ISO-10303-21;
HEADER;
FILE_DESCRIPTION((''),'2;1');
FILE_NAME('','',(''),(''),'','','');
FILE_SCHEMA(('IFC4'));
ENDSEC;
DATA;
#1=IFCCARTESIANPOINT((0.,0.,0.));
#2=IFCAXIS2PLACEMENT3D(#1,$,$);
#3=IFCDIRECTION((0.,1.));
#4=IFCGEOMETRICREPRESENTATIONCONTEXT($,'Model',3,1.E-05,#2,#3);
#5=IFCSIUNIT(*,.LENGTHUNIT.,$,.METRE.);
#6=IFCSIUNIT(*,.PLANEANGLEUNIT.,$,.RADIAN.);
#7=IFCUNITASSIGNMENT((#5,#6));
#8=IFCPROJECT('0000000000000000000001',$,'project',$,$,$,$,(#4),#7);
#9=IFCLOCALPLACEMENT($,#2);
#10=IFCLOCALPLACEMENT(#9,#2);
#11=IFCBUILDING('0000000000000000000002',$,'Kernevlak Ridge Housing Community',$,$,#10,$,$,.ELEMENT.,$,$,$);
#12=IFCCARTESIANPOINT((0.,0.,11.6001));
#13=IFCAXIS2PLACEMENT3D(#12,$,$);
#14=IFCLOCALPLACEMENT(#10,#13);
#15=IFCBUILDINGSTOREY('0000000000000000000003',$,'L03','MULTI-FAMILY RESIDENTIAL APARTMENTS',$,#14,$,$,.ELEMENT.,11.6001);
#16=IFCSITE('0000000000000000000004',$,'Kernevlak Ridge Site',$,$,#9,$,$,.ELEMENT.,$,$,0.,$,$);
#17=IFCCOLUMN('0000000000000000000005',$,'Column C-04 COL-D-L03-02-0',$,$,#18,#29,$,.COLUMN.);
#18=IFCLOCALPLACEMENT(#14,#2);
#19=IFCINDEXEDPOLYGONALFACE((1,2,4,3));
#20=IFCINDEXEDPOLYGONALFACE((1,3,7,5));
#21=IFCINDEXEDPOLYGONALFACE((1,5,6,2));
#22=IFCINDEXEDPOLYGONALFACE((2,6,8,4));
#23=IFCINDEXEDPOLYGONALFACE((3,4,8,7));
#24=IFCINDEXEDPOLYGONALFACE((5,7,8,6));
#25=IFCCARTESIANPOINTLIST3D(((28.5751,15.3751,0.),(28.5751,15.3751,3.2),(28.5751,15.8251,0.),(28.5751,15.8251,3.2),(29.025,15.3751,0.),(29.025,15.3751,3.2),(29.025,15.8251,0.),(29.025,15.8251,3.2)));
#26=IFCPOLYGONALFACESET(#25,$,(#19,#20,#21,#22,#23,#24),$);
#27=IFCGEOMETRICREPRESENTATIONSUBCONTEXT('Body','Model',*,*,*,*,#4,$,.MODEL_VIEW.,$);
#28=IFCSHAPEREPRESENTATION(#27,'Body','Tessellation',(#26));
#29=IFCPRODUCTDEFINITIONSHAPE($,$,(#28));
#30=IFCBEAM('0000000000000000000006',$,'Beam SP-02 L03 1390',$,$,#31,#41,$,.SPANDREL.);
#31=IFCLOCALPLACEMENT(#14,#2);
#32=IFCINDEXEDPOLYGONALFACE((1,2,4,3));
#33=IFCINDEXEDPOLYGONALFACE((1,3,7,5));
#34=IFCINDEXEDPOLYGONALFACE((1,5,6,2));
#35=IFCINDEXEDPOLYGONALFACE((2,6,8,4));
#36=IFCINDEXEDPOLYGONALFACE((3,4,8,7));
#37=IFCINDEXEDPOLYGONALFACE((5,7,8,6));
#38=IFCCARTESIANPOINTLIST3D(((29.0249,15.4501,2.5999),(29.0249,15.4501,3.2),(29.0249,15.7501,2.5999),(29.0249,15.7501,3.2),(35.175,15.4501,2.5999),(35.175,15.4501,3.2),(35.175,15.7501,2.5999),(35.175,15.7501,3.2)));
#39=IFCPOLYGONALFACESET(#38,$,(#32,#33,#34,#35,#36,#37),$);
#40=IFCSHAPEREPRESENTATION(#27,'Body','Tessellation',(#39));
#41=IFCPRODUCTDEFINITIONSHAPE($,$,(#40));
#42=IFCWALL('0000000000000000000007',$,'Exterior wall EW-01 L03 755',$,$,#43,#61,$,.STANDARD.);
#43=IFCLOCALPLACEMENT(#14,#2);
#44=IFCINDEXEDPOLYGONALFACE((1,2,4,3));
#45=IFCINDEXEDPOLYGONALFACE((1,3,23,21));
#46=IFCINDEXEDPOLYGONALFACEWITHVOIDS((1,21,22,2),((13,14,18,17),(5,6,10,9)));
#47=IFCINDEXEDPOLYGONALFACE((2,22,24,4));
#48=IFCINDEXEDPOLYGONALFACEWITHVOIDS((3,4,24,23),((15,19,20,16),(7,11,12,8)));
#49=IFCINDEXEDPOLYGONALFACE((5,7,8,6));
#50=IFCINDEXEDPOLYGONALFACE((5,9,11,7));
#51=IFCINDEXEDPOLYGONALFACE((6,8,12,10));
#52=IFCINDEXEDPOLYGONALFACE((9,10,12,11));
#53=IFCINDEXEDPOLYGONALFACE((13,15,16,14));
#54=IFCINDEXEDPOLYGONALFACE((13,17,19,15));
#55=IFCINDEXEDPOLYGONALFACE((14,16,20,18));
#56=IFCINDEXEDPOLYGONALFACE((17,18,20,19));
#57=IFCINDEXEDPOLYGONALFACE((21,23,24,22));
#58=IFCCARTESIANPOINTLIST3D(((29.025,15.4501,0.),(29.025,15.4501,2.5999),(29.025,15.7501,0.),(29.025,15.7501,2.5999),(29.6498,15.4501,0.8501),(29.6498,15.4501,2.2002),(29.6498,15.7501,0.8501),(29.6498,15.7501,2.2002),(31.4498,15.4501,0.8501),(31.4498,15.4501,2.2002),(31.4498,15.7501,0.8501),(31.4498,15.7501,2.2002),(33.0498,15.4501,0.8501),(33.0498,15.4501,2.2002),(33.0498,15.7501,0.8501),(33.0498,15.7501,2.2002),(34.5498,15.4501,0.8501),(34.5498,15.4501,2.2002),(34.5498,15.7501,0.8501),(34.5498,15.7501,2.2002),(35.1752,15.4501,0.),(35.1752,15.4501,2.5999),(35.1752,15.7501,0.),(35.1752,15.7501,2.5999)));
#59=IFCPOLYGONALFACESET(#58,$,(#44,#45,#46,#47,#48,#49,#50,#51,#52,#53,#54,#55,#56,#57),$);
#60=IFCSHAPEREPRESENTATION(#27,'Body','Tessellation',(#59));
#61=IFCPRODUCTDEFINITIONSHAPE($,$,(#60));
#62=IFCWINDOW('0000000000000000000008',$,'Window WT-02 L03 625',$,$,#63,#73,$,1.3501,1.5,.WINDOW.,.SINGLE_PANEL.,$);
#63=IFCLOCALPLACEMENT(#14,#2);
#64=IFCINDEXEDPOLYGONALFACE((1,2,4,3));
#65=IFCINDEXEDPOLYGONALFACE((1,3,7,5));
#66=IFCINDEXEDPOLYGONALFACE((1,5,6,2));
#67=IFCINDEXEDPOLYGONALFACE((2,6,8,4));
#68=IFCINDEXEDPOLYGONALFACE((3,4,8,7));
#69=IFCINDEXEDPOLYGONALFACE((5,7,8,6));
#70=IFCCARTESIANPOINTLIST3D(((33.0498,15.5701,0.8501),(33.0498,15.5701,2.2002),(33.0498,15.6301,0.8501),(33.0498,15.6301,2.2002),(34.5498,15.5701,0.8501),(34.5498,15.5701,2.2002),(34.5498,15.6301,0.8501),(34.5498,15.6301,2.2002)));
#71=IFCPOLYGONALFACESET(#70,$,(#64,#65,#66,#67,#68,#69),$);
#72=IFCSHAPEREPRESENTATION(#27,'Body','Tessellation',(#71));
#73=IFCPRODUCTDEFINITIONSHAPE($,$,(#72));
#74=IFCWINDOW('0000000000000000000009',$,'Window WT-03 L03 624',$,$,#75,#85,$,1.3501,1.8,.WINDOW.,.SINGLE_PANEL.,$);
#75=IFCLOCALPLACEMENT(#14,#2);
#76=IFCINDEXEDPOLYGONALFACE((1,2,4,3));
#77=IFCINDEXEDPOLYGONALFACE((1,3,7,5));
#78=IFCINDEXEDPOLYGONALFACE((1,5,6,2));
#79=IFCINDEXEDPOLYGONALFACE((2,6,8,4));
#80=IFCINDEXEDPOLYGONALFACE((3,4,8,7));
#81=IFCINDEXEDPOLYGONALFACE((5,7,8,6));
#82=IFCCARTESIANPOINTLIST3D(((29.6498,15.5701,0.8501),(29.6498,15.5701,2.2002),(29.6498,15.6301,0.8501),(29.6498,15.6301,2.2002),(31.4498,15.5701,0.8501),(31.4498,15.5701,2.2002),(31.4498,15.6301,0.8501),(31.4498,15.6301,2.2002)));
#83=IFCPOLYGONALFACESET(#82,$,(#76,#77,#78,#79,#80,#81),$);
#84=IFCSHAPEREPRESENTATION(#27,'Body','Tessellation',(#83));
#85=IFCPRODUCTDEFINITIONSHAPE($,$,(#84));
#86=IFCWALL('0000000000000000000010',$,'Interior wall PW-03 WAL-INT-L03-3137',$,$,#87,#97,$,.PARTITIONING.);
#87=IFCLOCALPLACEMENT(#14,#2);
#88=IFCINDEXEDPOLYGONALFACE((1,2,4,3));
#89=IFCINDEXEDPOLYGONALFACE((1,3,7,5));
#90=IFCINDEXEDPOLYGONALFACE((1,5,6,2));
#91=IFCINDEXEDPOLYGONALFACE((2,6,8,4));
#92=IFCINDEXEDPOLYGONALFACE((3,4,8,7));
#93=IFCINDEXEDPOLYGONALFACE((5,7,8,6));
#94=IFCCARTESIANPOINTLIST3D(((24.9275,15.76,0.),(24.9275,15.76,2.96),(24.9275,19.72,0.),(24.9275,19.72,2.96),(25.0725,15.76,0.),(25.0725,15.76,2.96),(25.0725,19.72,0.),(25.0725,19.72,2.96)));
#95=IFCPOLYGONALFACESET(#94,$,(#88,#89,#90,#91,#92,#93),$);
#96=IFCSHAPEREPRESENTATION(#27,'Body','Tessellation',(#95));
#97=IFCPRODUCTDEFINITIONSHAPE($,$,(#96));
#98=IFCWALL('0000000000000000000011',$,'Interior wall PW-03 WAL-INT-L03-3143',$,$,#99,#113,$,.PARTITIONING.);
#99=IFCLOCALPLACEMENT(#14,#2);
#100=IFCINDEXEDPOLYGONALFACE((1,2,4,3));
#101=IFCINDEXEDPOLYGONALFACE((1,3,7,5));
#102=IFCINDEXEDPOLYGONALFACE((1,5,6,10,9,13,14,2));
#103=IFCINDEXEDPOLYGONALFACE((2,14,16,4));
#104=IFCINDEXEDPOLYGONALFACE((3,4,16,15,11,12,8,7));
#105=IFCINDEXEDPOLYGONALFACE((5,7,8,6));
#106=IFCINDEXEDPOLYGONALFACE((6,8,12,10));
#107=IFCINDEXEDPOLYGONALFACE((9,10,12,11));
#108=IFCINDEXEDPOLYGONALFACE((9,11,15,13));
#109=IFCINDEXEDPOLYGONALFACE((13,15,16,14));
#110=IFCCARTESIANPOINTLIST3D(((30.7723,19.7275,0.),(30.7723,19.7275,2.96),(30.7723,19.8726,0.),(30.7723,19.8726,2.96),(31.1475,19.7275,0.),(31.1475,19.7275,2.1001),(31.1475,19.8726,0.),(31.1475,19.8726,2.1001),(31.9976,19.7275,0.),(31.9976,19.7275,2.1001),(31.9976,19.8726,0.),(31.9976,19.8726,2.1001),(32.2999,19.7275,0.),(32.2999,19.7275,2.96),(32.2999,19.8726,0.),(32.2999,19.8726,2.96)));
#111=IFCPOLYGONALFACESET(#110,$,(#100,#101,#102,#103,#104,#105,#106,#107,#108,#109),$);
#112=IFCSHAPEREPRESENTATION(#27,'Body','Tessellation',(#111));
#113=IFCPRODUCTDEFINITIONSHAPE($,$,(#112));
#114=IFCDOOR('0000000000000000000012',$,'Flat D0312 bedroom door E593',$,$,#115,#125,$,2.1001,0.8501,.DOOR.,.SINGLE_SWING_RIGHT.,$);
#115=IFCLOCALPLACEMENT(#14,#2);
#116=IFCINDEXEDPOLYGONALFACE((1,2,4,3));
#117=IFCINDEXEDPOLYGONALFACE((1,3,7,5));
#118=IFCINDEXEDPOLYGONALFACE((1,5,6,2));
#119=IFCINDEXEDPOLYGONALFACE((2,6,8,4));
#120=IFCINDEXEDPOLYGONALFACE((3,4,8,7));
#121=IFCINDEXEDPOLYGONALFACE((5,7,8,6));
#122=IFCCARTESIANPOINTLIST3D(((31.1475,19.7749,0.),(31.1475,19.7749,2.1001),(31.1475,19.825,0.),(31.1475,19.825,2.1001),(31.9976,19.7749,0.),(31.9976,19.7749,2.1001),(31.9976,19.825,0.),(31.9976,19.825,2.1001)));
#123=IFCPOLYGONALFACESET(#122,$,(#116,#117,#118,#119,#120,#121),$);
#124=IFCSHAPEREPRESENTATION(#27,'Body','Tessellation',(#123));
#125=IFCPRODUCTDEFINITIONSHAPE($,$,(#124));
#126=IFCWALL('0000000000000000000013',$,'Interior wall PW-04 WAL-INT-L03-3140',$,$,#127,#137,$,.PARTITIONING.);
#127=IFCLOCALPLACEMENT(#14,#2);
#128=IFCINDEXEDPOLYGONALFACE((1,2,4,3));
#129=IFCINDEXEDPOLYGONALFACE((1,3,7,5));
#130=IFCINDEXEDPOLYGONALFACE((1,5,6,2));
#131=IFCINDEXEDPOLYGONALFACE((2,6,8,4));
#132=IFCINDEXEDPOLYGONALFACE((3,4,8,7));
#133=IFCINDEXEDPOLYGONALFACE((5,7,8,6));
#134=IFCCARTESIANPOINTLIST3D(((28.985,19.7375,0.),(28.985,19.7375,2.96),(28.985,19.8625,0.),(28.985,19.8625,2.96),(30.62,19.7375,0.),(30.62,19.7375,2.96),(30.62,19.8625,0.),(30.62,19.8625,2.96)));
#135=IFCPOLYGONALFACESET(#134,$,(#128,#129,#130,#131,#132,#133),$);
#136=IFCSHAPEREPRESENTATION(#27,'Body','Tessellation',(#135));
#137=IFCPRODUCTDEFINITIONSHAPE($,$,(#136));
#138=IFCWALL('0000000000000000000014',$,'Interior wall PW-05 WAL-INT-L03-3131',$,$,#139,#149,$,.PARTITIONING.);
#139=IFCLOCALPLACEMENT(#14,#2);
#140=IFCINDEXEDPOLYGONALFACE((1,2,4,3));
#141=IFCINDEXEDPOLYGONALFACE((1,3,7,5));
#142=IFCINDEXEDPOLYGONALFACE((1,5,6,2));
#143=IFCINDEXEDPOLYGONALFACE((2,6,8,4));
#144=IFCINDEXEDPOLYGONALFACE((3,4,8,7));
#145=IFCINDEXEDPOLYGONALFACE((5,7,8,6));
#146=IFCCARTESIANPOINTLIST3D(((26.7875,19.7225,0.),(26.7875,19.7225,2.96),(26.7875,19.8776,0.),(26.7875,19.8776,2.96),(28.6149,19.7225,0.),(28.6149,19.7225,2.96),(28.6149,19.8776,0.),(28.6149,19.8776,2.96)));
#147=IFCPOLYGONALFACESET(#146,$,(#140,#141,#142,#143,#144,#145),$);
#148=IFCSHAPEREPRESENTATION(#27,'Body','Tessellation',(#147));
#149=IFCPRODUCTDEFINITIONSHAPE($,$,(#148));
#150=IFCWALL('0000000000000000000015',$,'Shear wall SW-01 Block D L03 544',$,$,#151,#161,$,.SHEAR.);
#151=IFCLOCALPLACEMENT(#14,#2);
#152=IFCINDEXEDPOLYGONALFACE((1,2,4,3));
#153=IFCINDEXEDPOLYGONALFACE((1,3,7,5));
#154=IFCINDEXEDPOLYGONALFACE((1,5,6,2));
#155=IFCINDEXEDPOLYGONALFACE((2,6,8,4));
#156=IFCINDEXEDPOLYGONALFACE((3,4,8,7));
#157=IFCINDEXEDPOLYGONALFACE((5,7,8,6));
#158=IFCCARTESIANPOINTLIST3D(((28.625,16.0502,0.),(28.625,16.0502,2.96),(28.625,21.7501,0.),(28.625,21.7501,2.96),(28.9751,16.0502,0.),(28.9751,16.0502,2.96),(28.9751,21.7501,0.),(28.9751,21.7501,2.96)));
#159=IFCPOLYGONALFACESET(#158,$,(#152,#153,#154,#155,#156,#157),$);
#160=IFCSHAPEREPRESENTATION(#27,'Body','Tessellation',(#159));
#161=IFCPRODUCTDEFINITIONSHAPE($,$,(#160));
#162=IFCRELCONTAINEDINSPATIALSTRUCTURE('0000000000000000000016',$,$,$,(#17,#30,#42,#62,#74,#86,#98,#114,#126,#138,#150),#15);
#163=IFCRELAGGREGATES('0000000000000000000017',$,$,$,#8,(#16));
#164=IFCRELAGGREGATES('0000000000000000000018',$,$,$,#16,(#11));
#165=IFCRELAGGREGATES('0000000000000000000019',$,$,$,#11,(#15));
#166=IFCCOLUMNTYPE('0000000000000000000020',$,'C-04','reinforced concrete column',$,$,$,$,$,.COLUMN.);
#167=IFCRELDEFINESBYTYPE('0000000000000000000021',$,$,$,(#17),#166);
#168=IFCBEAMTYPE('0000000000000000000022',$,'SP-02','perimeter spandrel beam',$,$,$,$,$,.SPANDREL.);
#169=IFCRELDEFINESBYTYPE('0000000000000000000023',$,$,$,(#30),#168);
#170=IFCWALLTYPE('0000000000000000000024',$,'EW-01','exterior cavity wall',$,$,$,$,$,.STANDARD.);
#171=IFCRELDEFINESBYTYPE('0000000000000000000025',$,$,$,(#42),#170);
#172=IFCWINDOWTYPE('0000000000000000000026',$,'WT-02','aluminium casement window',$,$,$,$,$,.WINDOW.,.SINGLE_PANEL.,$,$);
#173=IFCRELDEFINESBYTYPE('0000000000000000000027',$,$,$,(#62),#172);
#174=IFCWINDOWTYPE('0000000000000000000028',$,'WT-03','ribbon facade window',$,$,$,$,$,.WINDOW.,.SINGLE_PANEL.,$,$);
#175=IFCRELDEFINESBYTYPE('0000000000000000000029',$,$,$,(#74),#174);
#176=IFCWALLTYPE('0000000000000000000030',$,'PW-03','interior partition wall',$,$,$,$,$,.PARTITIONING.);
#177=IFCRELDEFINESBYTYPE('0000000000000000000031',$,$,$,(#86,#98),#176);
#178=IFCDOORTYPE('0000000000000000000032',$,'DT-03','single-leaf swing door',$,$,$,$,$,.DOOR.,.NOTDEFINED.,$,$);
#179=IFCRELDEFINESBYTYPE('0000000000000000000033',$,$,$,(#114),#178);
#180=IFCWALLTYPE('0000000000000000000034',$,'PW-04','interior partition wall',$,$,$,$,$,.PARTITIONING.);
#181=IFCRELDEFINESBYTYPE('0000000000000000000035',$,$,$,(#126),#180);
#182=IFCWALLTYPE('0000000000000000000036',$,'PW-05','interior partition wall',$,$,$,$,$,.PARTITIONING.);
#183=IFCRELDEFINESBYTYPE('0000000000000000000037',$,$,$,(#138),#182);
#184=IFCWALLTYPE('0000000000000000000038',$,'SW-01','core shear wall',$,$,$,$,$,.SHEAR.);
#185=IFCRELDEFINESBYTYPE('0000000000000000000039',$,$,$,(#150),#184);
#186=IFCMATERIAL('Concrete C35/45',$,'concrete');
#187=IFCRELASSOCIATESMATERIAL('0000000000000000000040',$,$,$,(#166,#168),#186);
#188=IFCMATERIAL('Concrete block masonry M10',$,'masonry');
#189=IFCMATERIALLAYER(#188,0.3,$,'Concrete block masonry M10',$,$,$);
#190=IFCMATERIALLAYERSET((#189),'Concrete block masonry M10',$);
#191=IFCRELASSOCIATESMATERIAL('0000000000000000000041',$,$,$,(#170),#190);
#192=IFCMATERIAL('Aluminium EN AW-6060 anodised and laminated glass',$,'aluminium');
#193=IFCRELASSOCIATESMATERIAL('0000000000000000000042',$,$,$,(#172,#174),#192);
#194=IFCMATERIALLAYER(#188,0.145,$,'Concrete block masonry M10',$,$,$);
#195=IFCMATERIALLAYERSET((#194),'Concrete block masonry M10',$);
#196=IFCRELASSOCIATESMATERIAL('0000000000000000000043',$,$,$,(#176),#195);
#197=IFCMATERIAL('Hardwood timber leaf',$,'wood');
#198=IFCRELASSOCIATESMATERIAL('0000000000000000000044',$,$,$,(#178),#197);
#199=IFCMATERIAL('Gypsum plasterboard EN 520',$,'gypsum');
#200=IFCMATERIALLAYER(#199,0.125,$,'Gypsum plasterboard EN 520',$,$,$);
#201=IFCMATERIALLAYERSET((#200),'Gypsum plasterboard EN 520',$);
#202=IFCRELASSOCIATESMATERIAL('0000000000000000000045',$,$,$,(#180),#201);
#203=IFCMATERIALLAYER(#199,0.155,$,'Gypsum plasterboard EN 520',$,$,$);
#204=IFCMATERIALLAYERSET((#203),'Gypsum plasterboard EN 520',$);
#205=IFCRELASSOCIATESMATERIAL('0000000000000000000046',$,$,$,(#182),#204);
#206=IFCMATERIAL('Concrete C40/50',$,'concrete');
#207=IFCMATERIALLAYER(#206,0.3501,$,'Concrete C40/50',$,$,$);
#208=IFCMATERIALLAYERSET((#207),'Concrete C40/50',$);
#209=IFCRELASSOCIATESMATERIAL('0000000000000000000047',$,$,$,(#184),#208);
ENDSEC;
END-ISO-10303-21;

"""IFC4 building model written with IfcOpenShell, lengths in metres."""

from ifc_helpers import new_model, si_unit, direction, frame, frame_2d, origin, origin_2d, place, context, subcontext, project, spatial, rectangle, extrude, material, layer, layer_set, material_profile, profile_set, type_object, element, fill, save


model = new_model("IFC4")

# Units and contexts
model_context = context("Model", 3, precision=1e-05, world=origin(), true_north=direction((0.0, 1.0)))
body_context = subcontext(model_context, "Body", "Model", "MODEL_VIEW")
ifc_project = project(units=[si_unit("LENGTHUNIT", "METRE"), si_unit("PLANEANGLEUNIT", "RADIAN")], contexts=[model_context])

# Site, building, storey
site_placement = place(None, origin())
site = spatial("IfcSite", under=ifc_project, at=site_placement, Name="Kernevlak Ridge Site", CompositionType="ELEMENT", RefElevation=0.0)
building_placement = place(site_placement, origin())
building = spatial("IfcBuilding", under=site, at=building_placement, Name="Kernevlak Ridge Housing Community", CompositionType="ELEMENT")
storey_placement = place(building_placement, frame((0.0, 0.0, 11.6001)))
storey = spatial("IfcBuildingStorey", under=building, at=storey_placement, Name="L03", Description="MULTI-FAMILY RESIDENTIAL APARTMENTS", CompositionType="ELEMENT", Elevation=11.6001)

# Column
ifc_material_1 = material(Name="Concrete C35/45", Category="concrete")
ifc_material_profile_1 = material_profile(ifc_material_1, rectangle(XDim=0.45, YDim=0.45, at=origin_2d()), Name="RC 450x450")
ifc_profile_set_1 = profile_set([ifc_material_profile_1], Name="Concrete C35/45")
column_type = type_object("IfcColumnType", Name="C-04", Description="reinforced concrete column", PredefinedType="COLUMN", material=ifc_profile_set_1)
column_placement = place(storey_placement, frame((28.8, 15.6001, 0.0), z_axis=(0.0, 0.0, 1.0), x_axis=(1.0, 0.0, 0.0)))
element("IfcColumn", 1, at=column_placement, inside=storey, type_object=column_type, Name="Column C-04 COL-D-L03-02-0", PredefinedType="COLUMN", context=body_context, shape_type="SweptSolid", body=[
    extrude(rectangle(XDim=0.45, YDim=0.45, at=origin_2d()), origin(), (0.0, 0.0, 1.0), 3.2),
])

# Beam
ifc_material_profile_2 = material_profile(ifc_material_1, rectangle(XDim=0.3, YDim=0.6001, at=origin_2d()), Name="RC 300x600")
ifc_profile_set_2 = profile_set([ifc_material_profile_2], Name="Concrete C35/45")
beam_type = type_object("IfcBeamType", Name="SP-02", Description="perimeter spandrel beam", PredefinedType="SPANDREL", material=ifc_profile_set_2)
beam_placement = place(storey_placement, frame((29.0249, 15.6001, 2.8999), z_axis=(1.0, 0.0, 0.0), x_axis=(0.0, 1.0, 0.0)))
element("IfcBeam", 2, at=beam_placement, inside=storey, type_object=beam_type, Name="Beam SP-02 L03 1390", PredefinedType="SPANDREL", context=body_context, shape_type="SweptSolid", body=[
    extrude(rectangle(XDim=0.3, YDim=0.6001, at=origin_2d()), origin(), (0.0, 0.0, 1.0), 6.1501),
])

# Wall, openings, windows
ifc_material_2 = material(Name="Concrete block masonry M10", Category="masonry")
ifc_layer_1 = layer(ifc_material_2, 0.3, Name="Concrete block masonry M10")
ifc_layer_set_1 = layer_set([ifc_layer_1], Name="Concrete block masonry M10")
wall_type_1 = type_object("IfcWallType", Name="EW-01", Description="exterior cavity wall", PredefinedType="STANDARD", material=ifc_layer_set_1)
wall_1_placement = place(storey_placement, frame((29.0249, 15.6001, 0.0), z_axis=(0.0, 0.0, 1.0), x_axis=(1.0, 0.0, 0.0)))
wall_1 = element("IfcWall", 3, at=wall_1_placement, inside=storey, type_object=wall_type_1, Name="Exterior wall EW-01 L03 755", PredefinedType="STANDARD", context=body_context, shape_type="SweptSolid", body=[
    extrude(rectangle(XDim=6.1501, YDim=0.3, at=frame_2d((3.0752, 0.0))), origin(), (0.0, 0.0, 1.0), 2.5999),
])
opening_1_placement = place(wall_1_placement, frame((0.625, 0.0, 0.8501)))
opening_1 = element("IfcOpeningElement", 4, at=opening_1_placement, cuts=wall_1, PredefinedType="OPENING", context=body_context, shape_type="SweptSolid", body=[
    extrude(rectangle(XDim=1.8, YDim=1.3501, at=frame_2d((0.8999, 0.675))), frame((0.0, 0.1599, 0.0), z_axis=(0.0, -1.0, 0.0), x_axis=(1.0, 0.0, 0.0)), (0.0, 0.0, 1.0), 0.3201),
])
opening_2_placement = place(wall_1_placement, frame((4.0249, 0.0, 0.8501)))
opening_2 = element("IfcOpeningElement", 5, at=opening_2_placement, cuts=wall_1, PredefinedType="OPENING", context=body_context, shape_type="SweptSolid", body=[
    extrude(rectangle(XDim=1.5, YDim=1.3501, at=frame_2d((0.75, 0.675))), frame((0.0, 0.1599, 0.0), z_axis=(0.0, -1.0, 0.0), x_axis=(1.0, 0.0, 0.0)), (0.0, 0.0, 1.0), 0.3201),
])
ifc_material_3 = material(Name="Aluminium EN AW-6060 anodised and laminated glass", Category="aluminium")
window_type_1 = type_object("IfcWindowType", Name="WT-02", Description="aluminium casement window", PartitioningType="SINGLE_PANEL", PredefinedType="WINDOW", material=ifc_material_3)
window_1_placement = place(opening_2_placement, origin())
window_1 = element("IfcWindow", 6, at=window_1_placement, inside=storey, type_object=window_type_1, Name="Window WT-02 L03 625", OverallHeight=1.3501, OverallWidth=1.5, PartitioningType="SINGLE_PANEL", PredefinedType="WINDOW", context=body_context, shape_type="SweptSolid", body=[
    extrude(rectangle(XDim=1.5, YDim=1.3501, at=frame_2d((0.75, 0.675))), frame((0.0, 0.03, 0.0), z_axis=(0.0, -1.0, 0.0), x_axis=(1.0, 0.0, 0.0)), (0.0, 0.0, 1.0), 0.0601),
])
fill(opening_2, window_1)
window_type_2 = type_object("IfcWindowType", Name="WT-03", Description="ribbon facade window", PartitioningType="SINGLE_PANEL", PredefinedType="WINDOW", material=ifc_material_3)
window_2_placement = place(opening_1_placement, origin())
window_2 = element("IfcWindow", 7, at=window_2_placement, inside=storey, type_object=window_type_2, Name="Window WT-03 L03 624", OverallHeight=1.3501, OverallWidth=1.8, PartitioningType="SINGLE_PANEL", PredefinedType="WINDOW", context=body_context, shape_type="SweptSolid", body=[
    extrude(rectangle(XDim=1.8, YDim=1.3501, at=frame_2d((0.8999, 0.675))), frame((0.0, 0.03, 0.0), z_axis=(0.0, -1.0, 0.0), x_axis=(1.0, 0.0, 0.0)), (0.0, 0.0, 1.0), 0.0601),
])
fill(opening_1, window_2)

# Wall
ifc_layer_2 = layer(ifc_material_2, 0.145, Name="Concrete block masonry M10")
ifc_layer_set_2 = layer_set([ifc_layer_2], Name="Concrete block masonry M10")
wall_type_2 = type_object("IfcWallType", Name="PW-03", Description="interior partition wall", PredefinedType="PARTITIONING", material=ifc_layer_set_2)
wall_2_placement = place(storey_placement, frame((25.0, 19.72, 0.0), z_axis=(0.0, 0.0, 1.0), x_axis=(0.0, -1.0, 0.0)))
element("IfcWall", 8, at=wall_2_placement, inside=storey, type_object=wall_type_2, Name="Interior wall PW-03 WAL-INT-L03-3137", PredefinedType="PARTITIONING", context=body_context, shape_type="SweptSolid", body=[
    extrude(rectangle(XDim=3.96, YDim=0.145, at=frame_2d((1.98, 0.0))), origin(), (0.0, 0.0, 1.0), 2.96),
])

# Wall, opening, door
wall_3_placement = place(storey_placement, frame((30.7725, 19.8, 0.0), z_axis=(0.0, 0.0, 1.0), x_axis=(1.0, 0.0, 0.0)))
wall_3 = element("IfcWall", 9, at=wall_3_placement, inside=storey, type_object=wall_type_2, Name="Interior wall PW-03 WAL-INT-L03-3143", PredefinedType="PARTITIONING", context=body_context, shape_type="SweptSolid", body=[
    extrude(rectangle(XDim=1.5276, YDim=0.145, at=frame_2d((0.7637, 0.0))), origin(), (0.0, 0.0, 1.0), 2.96),
])
opening_3_placement = place(wall_3_placement, frame((0.375, 0.0, 0.0)))
opening_3 = element("IfcOpeningElement", 10, at=opening_3_placement, cuts=wall_3, PredefinedType="OPENING", context=body_context, shape_type="SweptSolid", body=[
    extrude(rectangle(XDim=0.8501, YDim=2.1001, at=frame_2d((0.425, 1.05))), frame((0.0, 0.0825, 0.0), z_axis=(0.0, -1.0, 0.0), x_axis=(1.0, 0.0, 0.0)), (0.0, 0.0, 1.0), 0.165),
])
ifc_material_4 = material(Name="Hardwood timber leaf", Category="wood")
door_type = type_object("IfcDoorType", Name="DT-03", Description="single-leaf swing door", OperationType="NOTDEFINED", PredefinedType="DOOR", material=ifc_material_4)
door_placement = place(opening_3_placement, origin())
door = element("IfcDoor", 11, at=door_placement, inside=storey, type_object=door_type, Name="Flat D0312 bedroom door E593", OperationType="SINGLE_SWING_RIGHT", OverallHeight=2.1001, OverallWidth=0.8501, PredefinedType="DOOR", context=body_context, shape_type="SweptSolid", body=[
    extrude(rectangle(XDim=0.8501, YDim=2.1001, at=frame_2d((0.425, 1.05))), frame((0.0, 0.0249, 0.0), z_axis=(0.0, -1.0, 0.0), x_axis=(1.0, 0.0, 0.0)), (0.0, 0.0, 1.0), 0.05),
])
fill(opening_3, door)

# Walls
ifc_material_5 = material(Name="Gypsum plasterboard EN 520", Category="gypsum")
ifc_layer_3 = layer(ifc_material_5, 0.125, Name="Gypsum plasterboard EN 520")
ifc_layer_set_3 = layer_set([ifc_layer_3], Name="Gypsum plasterboard EN 520")
wall_type_3 = type_object("IfcWallType", Name="PW-04", Description="interior partition wall", PredefinedType="PARTITIONING", material=ifc_layer_set_3)
wall_4_placement = place(storey_placement, frame((28.9851, 19.8, 0.0), z_axis=(0.0, 0.0, 1.0), x_axis=(1.0, 0.0, 0.0)))
element("IfcWall", 12, at=wall_4_placement, inside=storey, type_object=wall_type_3, Name="Interior wall PW-04 WAL-INT-L03-3140", PredefinedType="PARTITIONING", context=body_context, shape_type="SweptSolid", body=[
    extrude(rectangle(XDim=1.635, YDim=0.125, at=frame_2d((0.8174, 0.0))), origin(), (0.0, 0.0, 1.0), 2.96),
])
ifc_layer_4 = layer(ifc_material_5, 0.155, Name="Gypsum plasterboard EN 520")
ifc_layer_set_4 = layer_set([ifc_layer_4], Name="Gypsum plasterboard EN 520")
wall_type_4 = type_object("IfcWallType", Name="PW-05", Description="interior partition wall", PredefinedType="PARTITIONING", material=ifc_layer_set_4)
wall_5_placement = place(storey_placement, frame((26.7876, 19.8, 0.0), z_axis=(0.0, 0.0, 1.0), x_axis=(1.0, 0.0, 0.0)))
element("IfcWall", 13, at=wall_5_placement, inside=storey, type_object=wall_type_4, Name="Interior wall PW-05 WAL-INT-L03-3131", PredefinedType="PARTITIONING", context=body_context, shape_type="SweptSolid", body=[
    extrude(rectangle(XDim=1.8274, YDim=0.155, at=frame_2d((0.9136, 0.0))), origin(), (0.0, 0.0, 1.0), 2.96),
])
ifc_material_6 = material(Name="Concrete C40/50", Category="concrete")
ifc_layer_5 = layer(ifc_material_6, 0.3501, Name="Concrete C40/50")
ifc_layer_set_5 = layer_set([ifc_layer_5], Name="Concrete C40/50")
wall_type_5 = type_object("IfcWallType", Name="SW-01", Description="core shear wall", PredefinedType="SHEAR", material=ifc_layer_set_5)
wall_6_placement = place(storey_placement, frame((28.8, 16.05, 0.0), z_axis=(0.0, 0.0, 1.0), x_axis=(0.0, 1.0, 0.0)))
element("IfcWall", 14, at=wall_6_placement, inside=storey, type_object=wall_type_5, Name="Shear wall SW-01 Block D L03 544", PredefinedType="SHEAR", context=body_context, shape_type="SweptSolid", body=[
    extrude(rectangle(XDim=5.7, YDim=0.3501, at=frame_2d((2.8501, 0.0))), origin(), (0.0, 0.0, 1.0), 2.96),
])

save(model, "model.ifc")
